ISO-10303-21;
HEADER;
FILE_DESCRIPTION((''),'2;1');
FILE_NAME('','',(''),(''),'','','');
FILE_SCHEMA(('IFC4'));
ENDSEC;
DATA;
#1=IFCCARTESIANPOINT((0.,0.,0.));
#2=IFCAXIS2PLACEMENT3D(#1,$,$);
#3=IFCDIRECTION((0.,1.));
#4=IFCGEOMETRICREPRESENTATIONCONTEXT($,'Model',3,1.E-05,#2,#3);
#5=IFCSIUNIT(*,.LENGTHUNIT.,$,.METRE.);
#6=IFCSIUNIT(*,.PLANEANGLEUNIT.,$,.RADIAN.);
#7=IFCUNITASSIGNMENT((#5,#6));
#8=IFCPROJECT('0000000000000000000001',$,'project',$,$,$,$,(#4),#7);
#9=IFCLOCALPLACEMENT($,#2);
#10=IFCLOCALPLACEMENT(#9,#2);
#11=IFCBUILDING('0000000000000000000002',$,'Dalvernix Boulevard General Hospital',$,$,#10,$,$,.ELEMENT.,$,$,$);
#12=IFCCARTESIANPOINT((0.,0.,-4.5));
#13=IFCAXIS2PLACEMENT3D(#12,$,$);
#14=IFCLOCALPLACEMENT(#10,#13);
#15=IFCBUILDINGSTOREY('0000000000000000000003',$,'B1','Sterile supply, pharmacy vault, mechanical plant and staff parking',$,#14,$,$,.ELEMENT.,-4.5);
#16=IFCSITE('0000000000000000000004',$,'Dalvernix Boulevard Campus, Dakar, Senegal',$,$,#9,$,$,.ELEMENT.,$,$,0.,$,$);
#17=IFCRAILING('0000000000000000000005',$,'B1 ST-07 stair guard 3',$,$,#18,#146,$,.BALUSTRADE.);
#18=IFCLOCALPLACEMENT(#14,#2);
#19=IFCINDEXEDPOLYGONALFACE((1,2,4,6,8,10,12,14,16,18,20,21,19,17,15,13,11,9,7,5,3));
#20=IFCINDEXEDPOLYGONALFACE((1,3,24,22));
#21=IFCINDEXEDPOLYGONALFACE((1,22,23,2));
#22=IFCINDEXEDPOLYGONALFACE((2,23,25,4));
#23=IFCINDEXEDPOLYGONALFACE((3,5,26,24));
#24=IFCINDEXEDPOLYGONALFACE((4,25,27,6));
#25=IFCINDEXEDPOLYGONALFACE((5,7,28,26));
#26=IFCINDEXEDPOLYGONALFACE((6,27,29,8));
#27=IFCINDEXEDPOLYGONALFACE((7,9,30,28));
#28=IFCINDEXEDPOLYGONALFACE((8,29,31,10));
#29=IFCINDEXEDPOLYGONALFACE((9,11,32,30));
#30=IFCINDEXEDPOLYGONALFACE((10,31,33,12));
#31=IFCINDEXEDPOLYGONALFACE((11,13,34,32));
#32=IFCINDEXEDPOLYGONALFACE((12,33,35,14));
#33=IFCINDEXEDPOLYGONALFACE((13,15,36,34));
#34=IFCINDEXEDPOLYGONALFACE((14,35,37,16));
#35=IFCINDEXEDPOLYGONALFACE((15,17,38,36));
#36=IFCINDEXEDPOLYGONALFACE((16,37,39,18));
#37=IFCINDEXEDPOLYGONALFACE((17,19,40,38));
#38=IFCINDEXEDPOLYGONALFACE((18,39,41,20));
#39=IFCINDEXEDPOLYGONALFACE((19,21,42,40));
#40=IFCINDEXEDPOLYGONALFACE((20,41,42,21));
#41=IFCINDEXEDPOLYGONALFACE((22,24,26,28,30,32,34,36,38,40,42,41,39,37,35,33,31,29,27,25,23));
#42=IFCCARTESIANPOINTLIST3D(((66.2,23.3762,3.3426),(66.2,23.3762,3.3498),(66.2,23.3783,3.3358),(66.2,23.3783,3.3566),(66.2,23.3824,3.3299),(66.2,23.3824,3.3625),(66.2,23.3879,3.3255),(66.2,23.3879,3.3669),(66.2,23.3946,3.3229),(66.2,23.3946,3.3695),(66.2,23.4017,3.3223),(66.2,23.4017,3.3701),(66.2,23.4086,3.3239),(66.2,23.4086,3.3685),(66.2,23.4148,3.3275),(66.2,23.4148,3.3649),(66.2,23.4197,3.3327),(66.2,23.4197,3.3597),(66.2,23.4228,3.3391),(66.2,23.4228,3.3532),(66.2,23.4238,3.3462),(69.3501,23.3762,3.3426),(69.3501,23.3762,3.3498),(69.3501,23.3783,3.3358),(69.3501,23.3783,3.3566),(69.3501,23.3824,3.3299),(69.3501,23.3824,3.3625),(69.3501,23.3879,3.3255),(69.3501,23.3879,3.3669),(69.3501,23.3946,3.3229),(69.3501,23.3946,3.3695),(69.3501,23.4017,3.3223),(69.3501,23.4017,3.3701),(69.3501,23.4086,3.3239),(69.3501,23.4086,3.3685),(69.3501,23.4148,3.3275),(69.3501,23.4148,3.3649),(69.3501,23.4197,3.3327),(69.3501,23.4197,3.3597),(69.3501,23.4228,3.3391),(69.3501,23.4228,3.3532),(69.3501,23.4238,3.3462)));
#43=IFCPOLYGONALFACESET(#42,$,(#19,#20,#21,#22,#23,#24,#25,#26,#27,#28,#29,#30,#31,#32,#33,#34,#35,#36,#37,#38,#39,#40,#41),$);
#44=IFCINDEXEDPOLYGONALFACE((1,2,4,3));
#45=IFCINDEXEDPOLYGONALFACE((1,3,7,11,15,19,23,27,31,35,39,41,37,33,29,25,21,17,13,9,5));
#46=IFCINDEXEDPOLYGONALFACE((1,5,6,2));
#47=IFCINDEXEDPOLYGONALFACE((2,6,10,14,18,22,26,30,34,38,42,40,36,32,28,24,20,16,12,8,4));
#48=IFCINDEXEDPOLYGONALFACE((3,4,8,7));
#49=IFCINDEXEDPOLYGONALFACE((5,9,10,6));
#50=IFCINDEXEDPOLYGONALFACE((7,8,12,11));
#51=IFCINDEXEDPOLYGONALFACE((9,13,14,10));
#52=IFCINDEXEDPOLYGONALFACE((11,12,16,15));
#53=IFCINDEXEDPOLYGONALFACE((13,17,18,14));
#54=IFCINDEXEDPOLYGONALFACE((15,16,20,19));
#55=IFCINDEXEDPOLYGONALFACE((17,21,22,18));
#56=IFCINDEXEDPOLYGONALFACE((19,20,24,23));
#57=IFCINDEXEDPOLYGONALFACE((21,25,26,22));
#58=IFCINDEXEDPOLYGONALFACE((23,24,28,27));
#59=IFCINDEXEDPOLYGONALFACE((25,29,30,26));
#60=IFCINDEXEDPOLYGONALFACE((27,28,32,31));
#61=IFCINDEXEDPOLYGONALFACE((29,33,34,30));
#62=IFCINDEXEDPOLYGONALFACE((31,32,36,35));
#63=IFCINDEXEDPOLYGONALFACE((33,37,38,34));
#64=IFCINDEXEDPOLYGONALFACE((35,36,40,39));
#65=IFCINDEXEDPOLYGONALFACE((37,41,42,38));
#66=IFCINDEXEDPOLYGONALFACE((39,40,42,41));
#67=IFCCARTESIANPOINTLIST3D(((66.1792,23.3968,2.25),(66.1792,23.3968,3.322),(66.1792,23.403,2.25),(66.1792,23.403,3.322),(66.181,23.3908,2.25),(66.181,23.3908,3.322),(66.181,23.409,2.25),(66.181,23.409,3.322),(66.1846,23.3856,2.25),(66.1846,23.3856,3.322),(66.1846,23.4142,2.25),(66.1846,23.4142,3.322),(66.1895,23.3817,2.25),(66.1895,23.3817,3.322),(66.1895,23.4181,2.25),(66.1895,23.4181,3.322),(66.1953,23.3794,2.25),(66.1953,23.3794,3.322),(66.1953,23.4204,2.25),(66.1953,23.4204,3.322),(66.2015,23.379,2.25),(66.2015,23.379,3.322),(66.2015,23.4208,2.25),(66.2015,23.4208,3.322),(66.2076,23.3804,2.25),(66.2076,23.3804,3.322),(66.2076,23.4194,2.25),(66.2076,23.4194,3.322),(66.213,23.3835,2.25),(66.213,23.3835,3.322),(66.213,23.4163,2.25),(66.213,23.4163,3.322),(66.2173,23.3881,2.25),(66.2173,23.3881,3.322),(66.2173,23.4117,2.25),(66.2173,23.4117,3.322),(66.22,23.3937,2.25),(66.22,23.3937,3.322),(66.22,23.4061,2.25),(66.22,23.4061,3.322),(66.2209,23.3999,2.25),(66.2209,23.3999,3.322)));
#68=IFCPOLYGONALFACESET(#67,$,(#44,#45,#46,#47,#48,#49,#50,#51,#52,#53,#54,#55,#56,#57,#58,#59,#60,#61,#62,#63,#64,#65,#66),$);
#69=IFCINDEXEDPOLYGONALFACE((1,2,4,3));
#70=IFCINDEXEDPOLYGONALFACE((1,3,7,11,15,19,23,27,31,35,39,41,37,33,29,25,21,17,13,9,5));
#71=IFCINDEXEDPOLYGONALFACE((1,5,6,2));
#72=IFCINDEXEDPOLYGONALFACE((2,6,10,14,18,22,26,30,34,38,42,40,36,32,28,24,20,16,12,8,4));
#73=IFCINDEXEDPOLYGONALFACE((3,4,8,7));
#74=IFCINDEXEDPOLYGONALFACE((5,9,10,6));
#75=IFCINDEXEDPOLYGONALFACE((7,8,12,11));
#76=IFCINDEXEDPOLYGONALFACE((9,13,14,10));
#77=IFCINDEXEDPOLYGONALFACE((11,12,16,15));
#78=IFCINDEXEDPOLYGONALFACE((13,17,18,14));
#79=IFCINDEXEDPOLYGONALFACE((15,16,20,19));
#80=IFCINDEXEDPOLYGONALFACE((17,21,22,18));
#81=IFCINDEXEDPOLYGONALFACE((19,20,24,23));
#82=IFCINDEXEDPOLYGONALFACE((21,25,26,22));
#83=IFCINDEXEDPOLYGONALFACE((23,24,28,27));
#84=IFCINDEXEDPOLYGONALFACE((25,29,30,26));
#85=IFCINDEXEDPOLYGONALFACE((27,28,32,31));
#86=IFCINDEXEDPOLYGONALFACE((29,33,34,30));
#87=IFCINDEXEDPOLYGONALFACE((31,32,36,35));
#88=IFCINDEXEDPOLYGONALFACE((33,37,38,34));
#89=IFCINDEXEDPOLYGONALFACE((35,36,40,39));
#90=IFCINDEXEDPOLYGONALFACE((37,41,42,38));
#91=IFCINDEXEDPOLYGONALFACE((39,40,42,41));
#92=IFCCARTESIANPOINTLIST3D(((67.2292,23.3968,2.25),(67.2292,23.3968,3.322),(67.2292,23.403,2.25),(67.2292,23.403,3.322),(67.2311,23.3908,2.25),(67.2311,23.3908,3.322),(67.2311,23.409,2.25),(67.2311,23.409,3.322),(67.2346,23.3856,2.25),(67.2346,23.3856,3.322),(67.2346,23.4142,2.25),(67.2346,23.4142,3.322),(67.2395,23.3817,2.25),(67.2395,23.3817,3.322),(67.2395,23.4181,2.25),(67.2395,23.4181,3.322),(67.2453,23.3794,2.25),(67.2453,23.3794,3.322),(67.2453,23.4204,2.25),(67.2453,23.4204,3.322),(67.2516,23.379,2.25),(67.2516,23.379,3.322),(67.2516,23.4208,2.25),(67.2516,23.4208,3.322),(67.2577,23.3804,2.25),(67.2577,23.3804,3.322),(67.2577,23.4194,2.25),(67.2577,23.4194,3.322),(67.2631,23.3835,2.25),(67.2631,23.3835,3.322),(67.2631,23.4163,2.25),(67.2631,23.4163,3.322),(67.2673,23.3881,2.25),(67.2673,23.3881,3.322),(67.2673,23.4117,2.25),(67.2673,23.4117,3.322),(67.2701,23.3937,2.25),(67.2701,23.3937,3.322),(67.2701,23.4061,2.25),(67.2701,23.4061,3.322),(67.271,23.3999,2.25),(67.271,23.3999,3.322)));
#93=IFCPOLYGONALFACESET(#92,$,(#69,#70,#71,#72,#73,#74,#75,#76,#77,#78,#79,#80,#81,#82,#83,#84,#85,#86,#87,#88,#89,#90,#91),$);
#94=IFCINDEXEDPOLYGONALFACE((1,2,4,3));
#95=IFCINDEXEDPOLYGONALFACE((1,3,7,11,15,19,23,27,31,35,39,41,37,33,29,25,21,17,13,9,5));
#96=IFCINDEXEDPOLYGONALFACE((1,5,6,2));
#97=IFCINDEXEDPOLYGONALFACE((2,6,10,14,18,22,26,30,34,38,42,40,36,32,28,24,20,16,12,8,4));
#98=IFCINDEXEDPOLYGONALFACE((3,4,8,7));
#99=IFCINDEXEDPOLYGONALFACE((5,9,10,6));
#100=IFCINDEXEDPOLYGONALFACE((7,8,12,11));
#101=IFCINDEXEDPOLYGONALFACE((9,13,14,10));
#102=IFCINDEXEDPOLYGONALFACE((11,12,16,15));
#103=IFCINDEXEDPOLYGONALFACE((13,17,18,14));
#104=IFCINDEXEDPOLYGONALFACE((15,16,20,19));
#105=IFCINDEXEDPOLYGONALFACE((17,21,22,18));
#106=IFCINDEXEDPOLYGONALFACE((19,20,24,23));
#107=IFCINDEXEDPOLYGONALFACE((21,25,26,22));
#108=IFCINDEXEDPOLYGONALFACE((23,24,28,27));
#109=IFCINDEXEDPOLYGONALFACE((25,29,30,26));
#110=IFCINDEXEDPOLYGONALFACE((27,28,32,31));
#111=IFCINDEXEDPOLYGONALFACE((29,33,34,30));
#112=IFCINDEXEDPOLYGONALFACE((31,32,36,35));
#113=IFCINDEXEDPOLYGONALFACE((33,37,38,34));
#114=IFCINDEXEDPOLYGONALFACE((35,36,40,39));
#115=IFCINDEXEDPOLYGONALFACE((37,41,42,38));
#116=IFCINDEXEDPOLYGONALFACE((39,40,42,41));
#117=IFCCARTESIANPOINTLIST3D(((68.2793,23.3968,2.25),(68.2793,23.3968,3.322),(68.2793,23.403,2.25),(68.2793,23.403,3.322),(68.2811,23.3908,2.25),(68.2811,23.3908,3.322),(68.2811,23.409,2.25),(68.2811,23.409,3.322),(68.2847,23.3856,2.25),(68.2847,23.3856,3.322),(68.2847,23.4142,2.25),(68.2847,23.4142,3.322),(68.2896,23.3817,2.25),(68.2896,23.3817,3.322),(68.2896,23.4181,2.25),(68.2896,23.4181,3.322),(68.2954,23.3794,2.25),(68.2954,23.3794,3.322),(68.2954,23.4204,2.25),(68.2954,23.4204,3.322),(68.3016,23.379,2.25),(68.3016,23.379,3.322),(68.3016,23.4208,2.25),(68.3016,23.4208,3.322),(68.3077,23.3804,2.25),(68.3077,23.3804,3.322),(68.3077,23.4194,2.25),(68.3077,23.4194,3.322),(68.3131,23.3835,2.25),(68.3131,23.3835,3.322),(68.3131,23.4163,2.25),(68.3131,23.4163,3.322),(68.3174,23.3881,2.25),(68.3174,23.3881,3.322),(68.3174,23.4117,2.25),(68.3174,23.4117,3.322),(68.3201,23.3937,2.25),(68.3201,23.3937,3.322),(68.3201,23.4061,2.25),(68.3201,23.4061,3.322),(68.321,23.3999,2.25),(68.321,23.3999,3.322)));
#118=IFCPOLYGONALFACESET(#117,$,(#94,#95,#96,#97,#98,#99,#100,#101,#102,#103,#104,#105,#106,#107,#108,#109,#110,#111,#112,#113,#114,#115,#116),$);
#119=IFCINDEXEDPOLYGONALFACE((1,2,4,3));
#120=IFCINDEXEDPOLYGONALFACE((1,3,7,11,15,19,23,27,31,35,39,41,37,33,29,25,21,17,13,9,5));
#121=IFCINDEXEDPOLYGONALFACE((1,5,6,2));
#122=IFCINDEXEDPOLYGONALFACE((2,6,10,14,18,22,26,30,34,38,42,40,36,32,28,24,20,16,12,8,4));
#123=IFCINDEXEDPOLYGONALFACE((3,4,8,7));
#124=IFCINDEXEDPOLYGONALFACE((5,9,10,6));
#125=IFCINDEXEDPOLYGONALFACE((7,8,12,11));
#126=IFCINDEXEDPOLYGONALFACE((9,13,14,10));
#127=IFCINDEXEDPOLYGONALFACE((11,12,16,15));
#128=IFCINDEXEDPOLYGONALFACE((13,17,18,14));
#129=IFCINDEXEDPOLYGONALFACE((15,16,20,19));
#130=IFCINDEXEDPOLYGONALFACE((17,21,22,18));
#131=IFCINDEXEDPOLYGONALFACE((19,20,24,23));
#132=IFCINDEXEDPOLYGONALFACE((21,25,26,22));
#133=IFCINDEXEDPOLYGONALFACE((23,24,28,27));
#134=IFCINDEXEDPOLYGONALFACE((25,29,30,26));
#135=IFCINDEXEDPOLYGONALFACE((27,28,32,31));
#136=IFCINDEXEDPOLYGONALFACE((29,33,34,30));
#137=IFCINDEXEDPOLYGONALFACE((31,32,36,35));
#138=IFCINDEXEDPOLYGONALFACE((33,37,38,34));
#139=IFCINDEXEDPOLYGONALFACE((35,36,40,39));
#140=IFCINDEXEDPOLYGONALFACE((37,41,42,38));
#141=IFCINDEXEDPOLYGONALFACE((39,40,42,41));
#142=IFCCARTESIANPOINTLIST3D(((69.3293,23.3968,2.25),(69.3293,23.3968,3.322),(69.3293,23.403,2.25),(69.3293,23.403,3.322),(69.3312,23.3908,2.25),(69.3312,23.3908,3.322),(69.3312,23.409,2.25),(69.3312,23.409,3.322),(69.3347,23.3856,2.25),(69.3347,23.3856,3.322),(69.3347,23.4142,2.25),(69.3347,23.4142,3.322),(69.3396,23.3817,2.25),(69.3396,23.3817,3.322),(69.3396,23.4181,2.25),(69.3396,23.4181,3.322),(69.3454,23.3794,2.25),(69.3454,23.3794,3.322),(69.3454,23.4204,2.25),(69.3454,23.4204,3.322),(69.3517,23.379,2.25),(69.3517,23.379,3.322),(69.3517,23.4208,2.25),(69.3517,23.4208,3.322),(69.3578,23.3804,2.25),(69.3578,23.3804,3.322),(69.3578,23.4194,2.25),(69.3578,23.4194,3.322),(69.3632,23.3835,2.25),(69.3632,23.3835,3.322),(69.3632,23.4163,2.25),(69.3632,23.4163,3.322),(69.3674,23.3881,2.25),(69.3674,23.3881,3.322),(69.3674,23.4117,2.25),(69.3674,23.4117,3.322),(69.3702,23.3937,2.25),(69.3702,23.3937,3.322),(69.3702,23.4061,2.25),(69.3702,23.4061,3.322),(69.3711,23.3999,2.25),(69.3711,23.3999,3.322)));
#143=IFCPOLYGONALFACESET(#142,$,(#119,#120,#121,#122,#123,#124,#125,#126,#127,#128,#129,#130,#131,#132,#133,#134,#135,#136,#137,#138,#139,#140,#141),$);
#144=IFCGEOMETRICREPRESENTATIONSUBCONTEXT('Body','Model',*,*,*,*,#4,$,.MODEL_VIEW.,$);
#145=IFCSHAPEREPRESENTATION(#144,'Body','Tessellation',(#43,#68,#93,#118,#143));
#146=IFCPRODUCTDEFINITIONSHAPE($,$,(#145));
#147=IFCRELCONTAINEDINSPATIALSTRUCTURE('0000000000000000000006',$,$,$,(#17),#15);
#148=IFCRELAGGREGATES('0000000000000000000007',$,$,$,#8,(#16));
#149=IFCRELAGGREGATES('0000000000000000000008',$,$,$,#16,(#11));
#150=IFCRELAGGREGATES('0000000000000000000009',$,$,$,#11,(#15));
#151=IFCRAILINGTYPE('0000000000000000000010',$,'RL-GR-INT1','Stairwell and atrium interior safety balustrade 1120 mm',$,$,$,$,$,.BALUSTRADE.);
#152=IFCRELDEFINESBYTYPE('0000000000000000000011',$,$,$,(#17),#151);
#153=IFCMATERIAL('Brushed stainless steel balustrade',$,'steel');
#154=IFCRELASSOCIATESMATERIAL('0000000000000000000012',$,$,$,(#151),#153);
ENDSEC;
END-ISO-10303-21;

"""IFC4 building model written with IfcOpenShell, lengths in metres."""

from ifc_helpers import new_model, si_unit, direction, frame, origin, origin_2d, place, context, subcontext, project, spatial, circle, extrude, material, type_object, element, save


model = new_model("IFC4")

# Units and contexts
model_context = context("Model", 3, precision=1e-05, world=origin(), true_north=direction((0.0, 1.0)))
body_context = subcontext(model_context, "Body", "Model", "MODEL_VIEW")
ifc_project = project(units=[si_unit("LENGTHUNIT", "METRE"), si_unit("PLANEANGLEUNIT", "RADIAN")], contexts=[model_context])

# Site, building, storey
site_placement = place(None, origin())
site = spatial("IfcSite", under=ifc_project, at=site_placement, Name="Dalvernix Boulevard Campus, Dakar, Senegal", CompositionType="ELEMENT", RefElevation=0.0)
building_placement = place(site_placement, origin())
building = spatial("IfcBuilding", under=site, at=building_placement, Name="Dalvernix Boulevard General Hospital", CompositionType="ELEMENT")
storey_placement = place(building_placement, frame((0.0, 0.0, -4.5)))
storey = spatial("IfcBuildingStorey", under=building, at=storey_placement, Name="B1", Description="Sterile supply, pharmacy vault, mechanical plant and staff parking", CompositionType="ELEMENT", Elevation=-4.5)

# Railing
ifc_material_1 = material(Name="Brushed stainless steel balustrade", Category="steel")
railing_type_1 = type_object("IfcRailingType", Name="RL-GR-INT1", Description="Stairwell and atrium interior safety balustrade 1120 mm", PredefinedType="BALUSTRADE", material=ifc_material_1)
for number, where, name in (
    (1, (66.2, 23.3999, 2.25), "B1 ST-07 stair guard 3"),
):
    element("IfcRailing", number, at=place(storey_placement, frame(where)), inside=storey, type_object=railing_type_1, Name=name, PredefinedType="BALUSTRADE", context=body_context, shape_type="SweptSolid", body=[
        extrude(circle(Radius=0.0239, at=origin_2d()), frame((0.0, 0.0, 1.0962), z_axis=(1.0, 0.0, 0.0), x_axis=(0.0, 1.0, 0.0)), (0.0, 0.0, 1.0), 3.1501),
        extrude(circle(Radius=0.021, at=origin_2d()), origin(), (0.0, 0.0, 1.0), 1.072),
        extrude(circle(Radius=0.021, at=origin_2d()), frame((1.05, 0.0, 0.0)), (0.0, 0.0, 1.0), 1.072),
        extrude(circle(Radius=0.021, at=origin_2d()), frame((2.1001, 0.0, 0.0)), (0.0, 0.0, 1.0), 1.072),
        extrude(circle(Radius=0.021, at=origin_2d()), frame((3.1501, 0.0, 0.0)), (0.0, 0.0, 1.0), 1.072),
    ])

save(model, "model.ifc")
